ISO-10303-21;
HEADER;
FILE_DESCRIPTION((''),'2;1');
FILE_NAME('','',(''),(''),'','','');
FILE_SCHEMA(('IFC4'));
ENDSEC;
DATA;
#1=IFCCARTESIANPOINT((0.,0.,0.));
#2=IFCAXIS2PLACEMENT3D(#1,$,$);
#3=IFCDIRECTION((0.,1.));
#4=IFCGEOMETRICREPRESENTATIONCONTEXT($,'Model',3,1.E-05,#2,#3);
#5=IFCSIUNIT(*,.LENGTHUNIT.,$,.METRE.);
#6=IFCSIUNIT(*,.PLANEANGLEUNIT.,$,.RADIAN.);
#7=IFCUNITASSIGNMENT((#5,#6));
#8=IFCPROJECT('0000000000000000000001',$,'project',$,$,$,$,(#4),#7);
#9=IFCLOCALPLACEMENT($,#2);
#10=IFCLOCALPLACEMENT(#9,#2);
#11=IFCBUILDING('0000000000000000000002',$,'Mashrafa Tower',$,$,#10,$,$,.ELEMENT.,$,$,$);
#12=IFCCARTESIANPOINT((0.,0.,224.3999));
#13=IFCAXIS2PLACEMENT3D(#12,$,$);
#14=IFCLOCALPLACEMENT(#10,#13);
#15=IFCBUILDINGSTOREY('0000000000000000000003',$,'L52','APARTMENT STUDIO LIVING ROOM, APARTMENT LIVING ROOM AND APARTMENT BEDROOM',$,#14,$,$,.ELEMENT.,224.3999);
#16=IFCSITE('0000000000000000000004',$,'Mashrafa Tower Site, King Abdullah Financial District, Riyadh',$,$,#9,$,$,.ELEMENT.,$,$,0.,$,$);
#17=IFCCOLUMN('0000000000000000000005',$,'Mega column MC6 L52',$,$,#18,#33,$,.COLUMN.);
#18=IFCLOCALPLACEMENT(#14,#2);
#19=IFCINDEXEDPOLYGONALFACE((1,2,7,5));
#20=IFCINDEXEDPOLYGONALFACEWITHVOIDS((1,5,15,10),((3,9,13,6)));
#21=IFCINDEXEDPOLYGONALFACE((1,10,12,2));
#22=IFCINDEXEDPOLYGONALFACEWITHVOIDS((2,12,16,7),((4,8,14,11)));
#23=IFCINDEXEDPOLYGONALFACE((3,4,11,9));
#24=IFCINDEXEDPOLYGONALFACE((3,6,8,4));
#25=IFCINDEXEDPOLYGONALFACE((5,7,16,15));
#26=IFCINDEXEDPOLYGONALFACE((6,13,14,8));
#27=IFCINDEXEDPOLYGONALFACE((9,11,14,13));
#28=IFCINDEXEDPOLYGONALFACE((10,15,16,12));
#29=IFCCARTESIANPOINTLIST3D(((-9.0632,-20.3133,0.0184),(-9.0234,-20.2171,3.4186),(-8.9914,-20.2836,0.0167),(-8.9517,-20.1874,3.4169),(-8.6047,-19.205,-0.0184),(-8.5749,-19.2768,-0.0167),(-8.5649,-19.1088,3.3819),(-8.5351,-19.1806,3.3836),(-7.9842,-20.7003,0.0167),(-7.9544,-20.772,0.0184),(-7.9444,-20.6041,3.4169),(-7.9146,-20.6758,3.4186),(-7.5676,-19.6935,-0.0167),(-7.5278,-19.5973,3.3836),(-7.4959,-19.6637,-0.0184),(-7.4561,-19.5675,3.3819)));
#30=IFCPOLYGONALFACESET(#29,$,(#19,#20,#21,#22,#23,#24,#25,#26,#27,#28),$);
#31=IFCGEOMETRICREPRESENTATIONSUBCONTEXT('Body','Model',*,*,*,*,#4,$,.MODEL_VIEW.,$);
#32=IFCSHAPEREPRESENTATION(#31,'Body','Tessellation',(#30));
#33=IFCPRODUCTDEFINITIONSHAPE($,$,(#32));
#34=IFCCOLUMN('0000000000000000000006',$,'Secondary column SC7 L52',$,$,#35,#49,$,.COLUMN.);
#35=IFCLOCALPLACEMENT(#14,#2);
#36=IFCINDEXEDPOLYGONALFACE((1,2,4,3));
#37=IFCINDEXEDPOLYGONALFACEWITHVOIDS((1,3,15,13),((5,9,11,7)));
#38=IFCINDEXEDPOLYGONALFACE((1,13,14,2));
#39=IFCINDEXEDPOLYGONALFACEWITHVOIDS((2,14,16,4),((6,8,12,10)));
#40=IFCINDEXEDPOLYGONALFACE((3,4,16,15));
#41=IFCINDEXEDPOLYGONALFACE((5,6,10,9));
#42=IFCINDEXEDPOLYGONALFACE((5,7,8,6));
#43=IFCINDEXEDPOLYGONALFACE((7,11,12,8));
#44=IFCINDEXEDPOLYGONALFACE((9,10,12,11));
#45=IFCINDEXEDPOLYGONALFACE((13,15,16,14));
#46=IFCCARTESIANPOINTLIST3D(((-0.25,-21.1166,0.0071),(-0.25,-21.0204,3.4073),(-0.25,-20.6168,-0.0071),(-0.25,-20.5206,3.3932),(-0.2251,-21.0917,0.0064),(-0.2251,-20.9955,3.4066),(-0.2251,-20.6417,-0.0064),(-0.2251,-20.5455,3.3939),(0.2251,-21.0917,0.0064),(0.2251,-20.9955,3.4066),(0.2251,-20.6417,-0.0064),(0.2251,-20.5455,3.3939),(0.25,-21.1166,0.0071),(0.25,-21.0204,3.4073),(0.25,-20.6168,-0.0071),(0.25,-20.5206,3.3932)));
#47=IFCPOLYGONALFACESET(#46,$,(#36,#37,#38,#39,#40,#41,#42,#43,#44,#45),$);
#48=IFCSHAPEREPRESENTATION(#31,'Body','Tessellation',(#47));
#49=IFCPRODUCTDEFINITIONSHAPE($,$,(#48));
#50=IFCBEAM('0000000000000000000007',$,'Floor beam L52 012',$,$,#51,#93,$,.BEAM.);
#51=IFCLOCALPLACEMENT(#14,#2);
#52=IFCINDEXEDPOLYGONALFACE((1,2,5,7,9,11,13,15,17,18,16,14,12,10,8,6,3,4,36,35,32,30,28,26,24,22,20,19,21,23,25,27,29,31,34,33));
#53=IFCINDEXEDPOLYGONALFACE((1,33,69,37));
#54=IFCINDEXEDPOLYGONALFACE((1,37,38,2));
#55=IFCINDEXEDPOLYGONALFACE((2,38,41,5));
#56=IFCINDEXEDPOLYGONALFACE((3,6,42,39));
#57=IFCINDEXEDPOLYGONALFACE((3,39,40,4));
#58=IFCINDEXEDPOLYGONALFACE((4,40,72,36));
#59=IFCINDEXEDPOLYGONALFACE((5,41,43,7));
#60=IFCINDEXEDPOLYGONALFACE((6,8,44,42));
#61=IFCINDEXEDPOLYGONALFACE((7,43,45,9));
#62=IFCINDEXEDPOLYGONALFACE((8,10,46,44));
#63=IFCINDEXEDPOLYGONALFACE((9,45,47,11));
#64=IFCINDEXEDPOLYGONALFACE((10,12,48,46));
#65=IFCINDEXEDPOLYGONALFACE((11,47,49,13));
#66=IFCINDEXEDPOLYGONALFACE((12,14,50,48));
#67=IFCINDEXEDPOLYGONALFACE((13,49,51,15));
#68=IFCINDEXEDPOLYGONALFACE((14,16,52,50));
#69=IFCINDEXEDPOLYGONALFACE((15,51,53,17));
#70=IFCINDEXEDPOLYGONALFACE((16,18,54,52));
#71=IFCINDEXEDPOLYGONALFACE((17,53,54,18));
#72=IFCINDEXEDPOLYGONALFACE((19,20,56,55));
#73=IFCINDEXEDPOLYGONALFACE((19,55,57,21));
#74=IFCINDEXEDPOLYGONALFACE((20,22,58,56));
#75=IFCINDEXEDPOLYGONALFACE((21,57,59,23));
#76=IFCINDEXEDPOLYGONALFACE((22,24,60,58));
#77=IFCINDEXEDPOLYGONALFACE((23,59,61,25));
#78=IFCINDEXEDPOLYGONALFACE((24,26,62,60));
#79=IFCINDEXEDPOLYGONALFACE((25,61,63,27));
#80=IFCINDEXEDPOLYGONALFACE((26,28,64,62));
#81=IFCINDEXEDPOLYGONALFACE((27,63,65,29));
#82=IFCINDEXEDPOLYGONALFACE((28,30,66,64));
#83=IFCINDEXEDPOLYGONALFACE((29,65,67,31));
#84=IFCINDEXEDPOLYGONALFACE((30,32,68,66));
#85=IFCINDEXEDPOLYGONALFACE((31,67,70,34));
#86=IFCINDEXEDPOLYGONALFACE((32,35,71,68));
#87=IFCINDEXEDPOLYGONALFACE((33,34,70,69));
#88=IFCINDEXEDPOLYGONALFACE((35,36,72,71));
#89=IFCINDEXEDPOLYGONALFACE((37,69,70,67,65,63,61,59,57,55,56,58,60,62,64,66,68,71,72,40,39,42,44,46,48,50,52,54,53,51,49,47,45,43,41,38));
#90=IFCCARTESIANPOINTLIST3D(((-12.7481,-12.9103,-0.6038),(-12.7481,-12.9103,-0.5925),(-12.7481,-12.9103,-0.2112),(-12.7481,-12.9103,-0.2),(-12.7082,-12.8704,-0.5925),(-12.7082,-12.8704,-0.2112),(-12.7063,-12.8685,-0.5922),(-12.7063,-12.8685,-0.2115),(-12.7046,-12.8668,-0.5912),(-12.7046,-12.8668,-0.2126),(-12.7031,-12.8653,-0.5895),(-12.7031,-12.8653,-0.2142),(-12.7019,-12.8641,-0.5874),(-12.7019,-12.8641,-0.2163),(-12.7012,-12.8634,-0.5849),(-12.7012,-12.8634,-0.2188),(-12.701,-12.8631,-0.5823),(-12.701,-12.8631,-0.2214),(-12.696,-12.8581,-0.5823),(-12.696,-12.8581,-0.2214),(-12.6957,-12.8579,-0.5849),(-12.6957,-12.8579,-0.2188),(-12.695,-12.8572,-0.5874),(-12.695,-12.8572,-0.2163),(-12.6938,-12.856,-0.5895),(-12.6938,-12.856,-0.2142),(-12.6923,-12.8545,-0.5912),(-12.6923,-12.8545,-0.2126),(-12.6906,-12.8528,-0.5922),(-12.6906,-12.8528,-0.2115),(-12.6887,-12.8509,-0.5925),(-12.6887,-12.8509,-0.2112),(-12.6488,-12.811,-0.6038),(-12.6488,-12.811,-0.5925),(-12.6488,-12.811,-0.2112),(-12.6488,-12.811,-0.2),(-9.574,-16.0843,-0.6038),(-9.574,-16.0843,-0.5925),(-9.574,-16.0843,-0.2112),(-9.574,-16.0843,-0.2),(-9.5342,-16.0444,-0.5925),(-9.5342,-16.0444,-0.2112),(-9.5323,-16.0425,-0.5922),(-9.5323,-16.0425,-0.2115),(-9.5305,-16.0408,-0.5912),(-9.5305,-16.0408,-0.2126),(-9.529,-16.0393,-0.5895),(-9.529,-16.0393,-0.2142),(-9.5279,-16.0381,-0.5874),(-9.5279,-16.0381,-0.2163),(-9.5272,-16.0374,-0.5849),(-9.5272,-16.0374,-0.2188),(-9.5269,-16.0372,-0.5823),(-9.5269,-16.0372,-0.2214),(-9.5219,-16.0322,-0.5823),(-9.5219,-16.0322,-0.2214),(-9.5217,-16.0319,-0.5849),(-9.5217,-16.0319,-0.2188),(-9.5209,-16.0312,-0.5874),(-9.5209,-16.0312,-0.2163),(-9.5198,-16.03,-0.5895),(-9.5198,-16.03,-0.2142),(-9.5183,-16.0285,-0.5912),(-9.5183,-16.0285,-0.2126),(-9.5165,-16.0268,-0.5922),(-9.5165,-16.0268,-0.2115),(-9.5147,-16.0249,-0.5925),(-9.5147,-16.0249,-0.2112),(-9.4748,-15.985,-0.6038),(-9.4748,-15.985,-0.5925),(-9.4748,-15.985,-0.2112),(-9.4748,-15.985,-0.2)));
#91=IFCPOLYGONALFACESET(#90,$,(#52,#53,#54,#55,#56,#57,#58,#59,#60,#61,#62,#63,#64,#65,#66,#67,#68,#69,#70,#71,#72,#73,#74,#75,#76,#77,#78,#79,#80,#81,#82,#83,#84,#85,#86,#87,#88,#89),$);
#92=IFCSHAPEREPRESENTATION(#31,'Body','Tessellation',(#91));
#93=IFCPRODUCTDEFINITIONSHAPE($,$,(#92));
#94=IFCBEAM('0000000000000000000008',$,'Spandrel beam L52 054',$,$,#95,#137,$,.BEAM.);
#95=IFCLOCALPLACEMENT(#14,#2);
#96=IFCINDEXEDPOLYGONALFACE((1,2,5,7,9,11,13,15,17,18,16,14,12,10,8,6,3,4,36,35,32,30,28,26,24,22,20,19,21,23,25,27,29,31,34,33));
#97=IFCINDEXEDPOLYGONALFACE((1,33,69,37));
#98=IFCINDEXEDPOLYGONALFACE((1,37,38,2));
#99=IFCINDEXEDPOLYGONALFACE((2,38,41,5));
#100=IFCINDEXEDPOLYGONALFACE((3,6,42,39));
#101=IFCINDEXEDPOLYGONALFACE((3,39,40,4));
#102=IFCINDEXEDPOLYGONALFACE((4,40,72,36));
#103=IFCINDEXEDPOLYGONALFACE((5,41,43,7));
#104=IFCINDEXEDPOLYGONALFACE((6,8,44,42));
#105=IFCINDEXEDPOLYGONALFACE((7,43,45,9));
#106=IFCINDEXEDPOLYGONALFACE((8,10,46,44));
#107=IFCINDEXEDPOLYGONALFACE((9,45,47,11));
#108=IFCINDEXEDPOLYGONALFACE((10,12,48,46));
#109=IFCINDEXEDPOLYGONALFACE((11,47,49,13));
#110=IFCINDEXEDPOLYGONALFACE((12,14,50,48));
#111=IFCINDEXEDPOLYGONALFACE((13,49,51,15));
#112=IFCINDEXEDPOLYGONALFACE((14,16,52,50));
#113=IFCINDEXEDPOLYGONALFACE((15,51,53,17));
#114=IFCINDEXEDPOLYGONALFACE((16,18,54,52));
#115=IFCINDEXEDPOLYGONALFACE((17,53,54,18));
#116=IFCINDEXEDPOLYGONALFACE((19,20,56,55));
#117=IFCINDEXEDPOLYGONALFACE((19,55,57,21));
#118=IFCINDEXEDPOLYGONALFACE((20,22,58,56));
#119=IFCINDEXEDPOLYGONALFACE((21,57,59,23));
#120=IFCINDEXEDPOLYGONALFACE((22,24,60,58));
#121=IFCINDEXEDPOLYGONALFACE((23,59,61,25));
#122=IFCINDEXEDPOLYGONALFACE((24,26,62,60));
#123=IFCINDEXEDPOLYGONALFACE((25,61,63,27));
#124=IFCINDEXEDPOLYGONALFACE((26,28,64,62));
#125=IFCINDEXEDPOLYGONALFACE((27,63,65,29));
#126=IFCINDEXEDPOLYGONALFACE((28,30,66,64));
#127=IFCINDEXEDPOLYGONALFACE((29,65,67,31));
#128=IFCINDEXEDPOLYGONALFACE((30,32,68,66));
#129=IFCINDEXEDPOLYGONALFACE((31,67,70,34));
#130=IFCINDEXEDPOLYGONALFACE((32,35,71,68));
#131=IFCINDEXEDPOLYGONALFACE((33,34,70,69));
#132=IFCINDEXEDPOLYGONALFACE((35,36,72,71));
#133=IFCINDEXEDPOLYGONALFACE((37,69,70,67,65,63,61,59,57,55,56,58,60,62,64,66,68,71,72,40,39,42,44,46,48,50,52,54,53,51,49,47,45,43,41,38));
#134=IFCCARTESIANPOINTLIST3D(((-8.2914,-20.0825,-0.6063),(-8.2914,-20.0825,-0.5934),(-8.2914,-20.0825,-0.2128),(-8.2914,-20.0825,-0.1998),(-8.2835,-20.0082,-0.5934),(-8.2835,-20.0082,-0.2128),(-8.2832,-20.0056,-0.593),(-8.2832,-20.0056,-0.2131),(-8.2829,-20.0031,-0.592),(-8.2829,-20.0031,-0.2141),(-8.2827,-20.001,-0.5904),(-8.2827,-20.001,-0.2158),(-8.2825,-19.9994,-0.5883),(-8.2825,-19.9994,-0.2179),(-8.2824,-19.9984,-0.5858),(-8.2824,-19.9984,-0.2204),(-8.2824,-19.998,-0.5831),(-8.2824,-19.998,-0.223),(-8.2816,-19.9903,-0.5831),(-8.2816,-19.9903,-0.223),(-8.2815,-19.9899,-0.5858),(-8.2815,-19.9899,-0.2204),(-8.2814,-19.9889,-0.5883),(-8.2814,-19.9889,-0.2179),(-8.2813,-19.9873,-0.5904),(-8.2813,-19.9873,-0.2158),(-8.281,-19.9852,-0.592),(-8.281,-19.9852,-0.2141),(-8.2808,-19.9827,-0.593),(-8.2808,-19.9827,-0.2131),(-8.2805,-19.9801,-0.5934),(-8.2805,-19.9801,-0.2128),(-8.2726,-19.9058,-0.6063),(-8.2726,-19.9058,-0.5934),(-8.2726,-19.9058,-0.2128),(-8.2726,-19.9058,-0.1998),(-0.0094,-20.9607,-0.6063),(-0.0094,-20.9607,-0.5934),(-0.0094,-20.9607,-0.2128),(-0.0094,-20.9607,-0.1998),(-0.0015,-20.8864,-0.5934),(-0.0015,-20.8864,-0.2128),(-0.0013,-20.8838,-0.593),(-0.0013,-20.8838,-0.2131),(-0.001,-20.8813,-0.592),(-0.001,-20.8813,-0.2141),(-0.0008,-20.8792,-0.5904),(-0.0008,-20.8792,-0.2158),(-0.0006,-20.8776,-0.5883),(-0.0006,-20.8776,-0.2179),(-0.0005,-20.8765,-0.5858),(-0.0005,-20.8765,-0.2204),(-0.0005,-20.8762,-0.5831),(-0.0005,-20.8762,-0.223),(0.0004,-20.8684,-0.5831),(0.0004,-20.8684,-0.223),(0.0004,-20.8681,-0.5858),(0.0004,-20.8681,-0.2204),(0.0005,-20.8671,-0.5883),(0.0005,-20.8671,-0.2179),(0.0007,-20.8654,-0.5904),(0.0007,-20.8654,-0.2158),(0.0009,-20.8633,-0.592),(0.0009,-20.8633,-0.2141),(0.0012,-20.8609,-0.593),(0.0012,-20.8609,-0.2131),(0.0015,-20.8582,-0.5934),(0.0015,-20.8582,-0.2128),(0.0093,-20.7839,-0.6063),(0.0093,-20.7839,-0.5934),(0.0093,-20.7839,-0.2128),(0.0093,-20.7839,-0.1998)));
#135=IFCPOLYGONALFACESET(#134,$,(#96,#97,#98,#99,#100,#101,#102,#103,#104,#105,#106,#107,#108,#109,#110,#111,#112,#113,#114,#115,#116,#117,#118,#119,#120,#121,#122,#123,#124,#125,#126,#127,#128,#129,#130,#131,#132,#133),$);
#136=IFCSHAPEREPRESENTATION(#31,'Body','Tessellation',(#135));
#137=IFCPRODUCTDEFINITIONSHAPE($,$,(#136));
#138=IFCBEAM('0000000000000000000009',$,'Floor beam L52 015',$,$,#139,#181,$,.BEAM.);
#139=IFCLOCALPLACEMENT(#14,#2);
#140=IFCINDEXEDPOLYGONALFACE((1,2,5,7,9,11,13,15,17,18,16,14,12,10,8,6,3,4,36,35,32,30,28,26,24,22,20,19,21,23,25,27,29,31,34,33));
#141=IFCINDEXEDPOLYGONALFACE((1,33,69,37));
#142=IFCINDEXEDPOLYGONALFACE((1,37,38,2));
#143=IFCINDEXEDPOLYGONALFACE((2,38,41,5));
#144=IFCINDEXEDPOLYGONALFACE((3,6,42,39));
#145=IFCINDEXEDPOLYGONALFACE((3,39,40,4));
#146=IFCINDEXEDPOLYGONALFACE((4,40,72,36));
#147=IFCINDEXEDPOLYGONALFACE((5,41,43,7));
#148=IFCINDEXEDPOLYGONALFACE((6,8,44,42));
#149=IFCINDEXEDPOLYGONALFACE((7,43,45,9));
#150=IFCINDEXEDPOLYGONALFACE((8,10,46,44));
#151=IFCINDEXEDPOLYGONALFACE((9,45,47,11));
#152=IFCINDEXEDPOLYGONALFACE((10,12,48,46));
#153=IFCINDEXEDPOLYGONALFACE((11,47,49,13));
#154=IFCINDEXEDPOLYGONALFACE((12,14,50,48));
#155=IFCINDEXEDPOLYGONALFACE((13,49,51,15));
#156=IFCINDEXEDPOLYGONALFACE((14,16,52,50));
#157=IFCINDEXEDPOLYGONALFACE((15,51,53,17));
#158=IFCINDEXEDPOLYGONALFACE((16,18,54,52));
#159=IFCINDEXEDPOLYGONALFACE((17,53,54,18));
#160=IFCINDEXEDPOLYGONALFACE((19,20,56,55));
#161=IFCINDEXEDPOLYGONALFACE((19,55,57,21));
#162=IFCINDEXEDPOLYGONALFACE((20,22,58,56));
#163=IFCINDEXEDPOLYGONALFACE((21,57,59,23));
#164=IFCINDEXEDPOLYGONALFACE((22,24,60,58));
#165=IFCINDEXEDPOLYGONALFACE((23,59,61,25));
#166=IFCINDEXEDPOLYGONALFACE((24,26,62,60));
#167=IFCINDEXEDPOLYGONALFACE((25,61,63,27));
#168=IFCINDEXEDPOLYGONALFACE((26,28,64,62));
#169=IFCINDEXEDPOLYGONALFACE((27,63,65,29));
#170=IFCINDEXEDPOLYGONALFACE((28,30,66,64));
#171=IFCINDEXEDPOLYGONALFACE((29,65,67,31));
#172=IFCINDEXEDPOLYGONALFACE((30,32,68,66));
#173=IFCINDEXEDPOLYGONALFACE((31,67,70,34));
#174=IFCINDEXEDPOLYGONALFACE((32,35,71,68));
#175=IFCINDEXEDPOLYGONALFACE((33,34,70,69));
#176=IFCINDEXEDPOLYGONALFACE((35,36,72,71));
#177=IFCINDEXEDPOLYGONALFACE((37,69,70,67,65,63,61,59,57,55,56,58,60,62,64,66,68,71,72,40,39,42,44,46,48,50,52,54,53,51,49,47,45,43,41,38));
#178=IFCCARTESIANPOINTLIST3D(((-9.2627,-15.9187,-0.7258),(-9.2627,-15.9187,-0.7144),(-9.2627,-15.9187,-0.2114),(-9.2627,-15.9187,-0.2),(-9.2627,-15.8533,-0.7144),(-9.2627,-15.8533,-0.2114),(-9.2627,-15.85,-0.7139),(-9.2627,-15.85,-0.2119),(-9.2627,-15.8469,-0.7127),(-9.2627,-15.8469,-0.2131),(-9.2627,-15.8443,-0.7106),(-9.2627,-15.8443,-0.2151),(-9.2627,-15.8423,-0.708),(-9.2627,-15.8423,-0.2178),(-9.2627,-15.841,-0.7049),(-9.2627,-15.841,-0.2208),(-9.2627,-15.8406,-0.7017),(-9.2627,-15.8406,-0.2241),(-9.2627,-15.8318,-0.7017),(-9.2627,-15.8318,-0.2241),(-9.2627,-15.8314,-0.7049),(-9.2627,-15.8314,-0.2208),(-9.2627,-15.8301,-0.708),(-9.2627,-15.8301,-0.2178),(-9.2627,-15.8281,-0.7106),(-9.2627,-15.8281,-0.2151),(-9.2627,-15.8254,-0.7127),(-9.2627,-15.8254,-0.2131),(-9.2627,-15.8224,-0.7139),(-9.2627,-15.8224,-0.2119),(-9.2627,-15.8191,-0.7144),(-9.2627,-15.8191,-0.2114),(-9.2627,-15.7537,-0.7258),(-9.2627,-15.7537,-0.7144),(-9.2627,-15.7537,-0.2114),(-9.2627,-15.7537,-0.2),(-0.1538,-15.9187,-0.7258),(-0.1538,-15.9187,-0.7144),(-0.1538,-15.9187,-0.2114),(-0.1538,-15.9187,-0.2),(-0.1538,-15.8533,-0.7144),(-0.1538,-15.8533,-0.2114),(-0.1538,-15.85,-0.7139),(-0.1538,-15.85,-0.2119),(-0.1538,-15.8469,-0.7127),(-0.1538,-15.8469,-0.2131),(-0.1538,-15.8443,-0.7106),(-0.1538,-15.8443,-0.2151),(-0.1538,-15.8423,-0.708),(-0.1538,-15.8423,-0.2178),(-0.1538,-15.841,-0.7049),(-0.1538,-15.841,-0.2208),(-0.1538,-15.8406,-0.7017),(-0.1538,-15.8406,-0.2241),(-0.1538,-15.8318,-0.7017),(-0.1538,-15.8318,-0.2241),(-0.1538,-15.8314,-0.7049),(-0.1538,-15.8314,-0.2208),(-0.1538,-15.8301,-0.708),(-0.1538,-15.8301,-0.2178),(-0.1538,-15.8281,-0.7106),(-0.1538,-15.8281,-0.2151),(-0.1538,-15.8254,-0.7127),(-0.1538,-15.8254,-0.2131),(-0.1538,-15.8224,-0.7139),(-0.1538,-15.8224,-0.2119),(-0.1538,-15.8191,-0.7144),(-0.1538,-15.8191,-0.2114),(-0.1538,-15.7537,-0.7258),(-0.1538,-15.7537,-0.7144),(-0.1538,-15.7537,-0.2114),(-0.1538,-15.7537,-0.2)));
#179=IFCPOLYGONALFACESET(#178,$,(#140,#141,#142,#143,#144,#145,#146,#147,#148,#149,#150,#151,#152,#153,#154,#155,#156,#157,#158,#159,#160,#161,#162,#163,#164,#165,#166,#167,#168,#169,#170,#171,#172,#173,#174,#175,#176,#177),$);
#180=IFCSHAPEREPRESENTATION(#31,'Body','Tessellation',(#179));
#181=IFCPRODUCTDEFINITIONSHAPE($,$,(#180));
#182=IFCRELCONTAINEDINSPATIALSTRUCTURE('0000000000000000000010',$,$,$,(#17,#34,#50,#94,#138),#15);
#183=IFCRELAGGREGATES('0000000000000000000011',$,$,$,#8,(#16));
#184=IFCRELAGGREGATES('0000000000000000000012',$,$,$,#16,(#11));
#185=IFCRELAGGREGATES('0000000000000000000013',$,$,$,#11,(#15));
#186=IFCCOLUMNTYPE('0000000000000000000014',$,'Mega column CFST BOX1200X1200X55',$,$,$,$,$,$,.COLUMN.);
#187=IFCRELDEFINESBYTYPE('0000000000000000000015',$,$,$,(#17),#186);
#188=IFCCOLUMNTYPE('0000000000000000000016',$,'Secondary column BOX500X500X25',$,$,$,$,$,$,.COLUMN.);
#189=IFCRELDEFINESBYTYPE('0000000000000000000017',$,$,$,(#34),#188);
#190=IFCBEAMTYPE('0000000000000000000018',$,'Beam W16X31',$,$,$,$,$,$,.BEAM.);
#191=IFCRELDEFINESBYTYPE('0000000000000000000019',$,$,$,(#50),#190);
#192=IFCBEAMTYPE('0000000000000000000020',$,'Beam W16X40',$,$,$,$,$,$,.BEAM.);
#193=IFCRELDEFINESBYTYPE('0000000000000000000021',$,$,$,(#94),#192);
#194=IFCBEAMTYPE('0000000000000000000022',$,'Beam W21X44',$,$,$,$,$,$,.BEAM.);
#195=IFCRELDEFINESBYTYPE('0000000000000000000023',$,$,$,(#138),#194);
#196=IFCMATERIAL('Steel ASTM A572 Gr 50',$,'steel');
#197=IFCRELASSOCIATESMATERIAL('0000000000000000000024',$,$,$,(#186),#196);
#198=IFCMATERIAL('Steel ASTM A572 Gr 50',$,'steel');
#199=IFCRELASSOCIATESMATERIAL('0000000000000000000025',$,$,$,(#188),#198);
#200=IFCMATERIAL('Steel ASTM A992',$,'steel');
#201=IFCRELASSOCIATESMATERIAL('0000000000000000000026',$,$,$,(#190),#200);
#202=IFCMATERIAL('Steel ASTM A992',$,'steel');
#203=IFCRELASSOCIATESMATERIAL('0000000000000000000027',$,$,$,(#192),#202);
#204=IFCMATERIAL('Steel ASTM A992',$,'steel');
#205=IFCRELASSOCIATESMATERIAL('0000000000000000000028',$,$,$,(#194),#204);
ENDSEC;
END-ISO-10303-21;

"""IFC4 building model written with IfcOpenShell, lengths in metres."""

from ifc_helpers import new_model, si_unit, direction, frame, origin, origin_2d, place, context, subcontext, project, spatial, hollow_rectangle, i_section, extrude, material, material_profile, profile_set, type_object, element, save


model = new_model("IFC4")

# Units and contexts
model_context = context("Model", 3, precision=1e-05, world=origin(), true_north=direction((0.0, 1.0)))
body_context = subcontext(model_context, "Body", "Model", "MODEL_VIEW")
ifc_project = project(units=[si_unit("LENGTHUNIT", "METRE"), si_unit("PLANEANGLEUNIT", "RADIAN")], contexts=[model_context])

# Site, building, storey
site_placement = place(None, origin())
site = spatial("IfcSite", under=ifc_project, at=site_placement, Name="Mashrafa Tower Site, King Abdullah Financial District, Riyadh", CompositionType="ELEMENT", RefElevation=0.0)
building_placement = place(site_placement, origin())
building = spatial("IfcBuilding", under=site, at=building_placement, Name="Mashrafa Tower", CompositionType="ELEMENT")
storey_placement = place(building_placement, frame((0.0, 0.0, 224.3999)))
storey = spatial("IfcBuildingStorey", under=building, at=storey_placement, Name="L52", Description="APARTMENT STUDIO LIVING ROOM, APARTMENT LIVING ROOM AND APARTMENT BEDROOM", CompositionType="ELEMENT", Elevation=224.3999)

# Columns
ifc_material_1 = material(Name="Steel ASTM A572 Gr 50", Category="steel")
ifc_material_profile_1 = material_profile(ifc_material_1, hollow_rectangle(XDim=1.2, YDim=1.2, WallThickness=0.0549, at=origin_2d()), Name="BOX1200X1200X55")
ifc_profile_set_1 = profile_set([ifc_material_profile_1], Name="Steel ASTM A572 Gr 50")
column_type_1 = type_object("IfcColumnType", Name="Mega column CFST BOX1200X1200X55", PredefinedType="COLUMN", material=ifc_profile_set_1)
column_1_placement = place(storey_placement, frame((-8.2795, -19.9885, 0.0), z_axis=(0.011698, 0.028277, 0.999532), x_axis=(-0.924045, 0.382283, 0.0)))
element("IfcColumn", 1, at=column_1_placement, inside=storey, type_object=column_type_1, Name="Mega column MC6 L52", PredefinedType="COLUMN", context=body_context, shape_type="SweptSolid", body=[
    extrude(hollow_rectangle(XDim=1.2, YDim=1.2, WallThickness=0.0549, at=origin_2d()), origin(), (0.0, 0.0, 1.0), 3.4019),
])
ifc_material_2 = material(Name="Steel ASTM A572 Gr 50", Category="steel")
ifc_material_profile_2 = material_profile(ifc_material_2, hollow_rectangle(XDim=0.5, YDim=0.5, WallThickness=0.0249, at=origin_2d()), Name="BOX500X500X25")
ifc_profile_set_2 = profile_set([ifc_material_profile_2], Name="Steel ASTM A572 Gr 50")
column_type_2 = type_object("IfcColumnType", Name="Secondary column BOX500X500X25", PredefinedType="COLUMN", material=ifc_profile_set_2)
column_2_placement = place(storey_placement, frame((0.0, -20.8667, 0.0), z_axis=(0.0, 0.028279, 0.9996), x_axis=(-1.0, 0.0, 0.0)))
element("IfcColumn", 2, at=column_2_placement, inside=storey, type_object=column_type_2, Name="Secondary column SC7 L52", PredefinedType="COLUMN", context=body_context, shape_type="SweptSolid", body=[
    extrude(hollow_rectangle(XDim=0.5, YDim=0.5, WallThickness=0.0249, at=origin_2d()), origin(), (0.0, 0.0, 1.0), 3.4016),
])

# Beams
ifc_material_3 = material(Name="Steel ASTM A992", Category="steel")
ifc_material_profile_3 = material_profile(ifc_material_3, i_section(OverallWidth=0.1404, OverallDepth=0.4038, WebThickness=0.0071, FlangeThickness=0.0112, FilletRadius=0.0103, at=origin_2d()), Name="W16X31")
ifc_profile_set_3 = profile_set([ifc_material_profile_3], Name="Steel ASTM A992")
beam_type_1 = type_object("IfcBeamType", Name="Beam W16X31", PredefinedType="BEAM", material=ifc_profile_set_3)
beam_1_placement = place(storey_placement, frame((-9.5244, -16.0347, -0.4019), z_axis=(-0.707107, 0.707107, 0.0), x_axis=(-0.707107, -0.707107, 0.0)))
element("IfcBeam", 3, at=beam_1_placement, inside=storey, type_object=beam_type_1, Name="Floor beam L52 012", PredefinedType="BEAM", context=body_context, shape_type="SweptSolid", body=[
    extrude(i_section(OverallWidth=0.1404, OverallDepth=0.4038, WebThickness=0.0071, FlangeThickness=0.0112, FilletRadius=0.0103, at=origin_2d()), origin(), (0.0, 0.0, 1.0), 4.4888),
])
ifc_material_4 = material(Name="Steel ASTM A992", Category="steel")
ifc_material_profile_4 = material_profile(ifc_material_4, i_section(OverallWidth=0.1777, OverallDepth=0.4065, WebThickness=0.0078, FlangeThickness=0.0129, FilletRadius=0.0103, at=origin_2d()), Name="W16X40")
ifc_profile_set_4 = profile_set([ifc_material_profile_4], Name="Steel ASTM A992")
beam_type_2 = type_object("IfcBeamType", Name="Beam W16X40", PredefinedType="BEAM", material=ifc_profile_set_4)
beam_2_placement = place(storey_placement, frame((-8.282, -19.9941, -0.4031), z_axis=(0.994425, -0.105443, 0.0), x_axis=(0.105443, 0.994425, 0.0)))
element("IfcBeam", 4, at=beam_2_placement, inside=storey, type_object=beam_type_2, Name="Spandrel beam L52 054", PredefinedType="BEAM", context=body_context, shape_type="SweptSolid", body=[
    extrude(i_section(OverallWidth=0.1777, OverallDepth=0.4065, WebThickness=0.0078, FlangeThickness=0.0129, FilletRadius=0.0103, at=origin_2d()), origin(), (0.0, 0.0, 1.0), 8.3284),
])
ifc_material_5 = material(Name="Steel ASTM A992", Category="steel")
ifc_material_profile_5 = material_profile(ifc_material_5, i_section(OverallWidth=0.165, OverallDepth=0.5259, WebThickness=0.0088, FlangeThickness=0.0115, FilletRadius=0.0127, at=origin_2d()), Name="W21X44")
ifc_profile_set_5 = profile_set([ifc_material_profile_5], Name="Steel ASTM A992")
beam_type_3 = type_object("IfcBeamType", Name="Beam W21X44", PredefinedType="BEAM", material=ifc_profile_set_5)
beam_3_placement = place(storey_placement, frame((-0.1538, -15.8362, -0.4629), z_axis=(-1.0, 0.0, 0.0), x_axis=(0.0, -1.0, 0.0)))
element("IfcBeam", 5, at=beam_3_placement, inside=storey, type_object=beam_type_3, Name="Floor beam L52 015", PredefinedType="BEAM", context=body_context, shape_type="SweptSolid", body=[
    extrude(i_section(OverallWidth=0.165, OverallDepth=0.5259, WebThickness=0.0088, FlangeThickness=0.0115, FilletRadius=0.0127, at=origin_2d()), origin(), (0.0, 0.0, 1.0), 9.1089),
])

save(model, "model.ifc")
